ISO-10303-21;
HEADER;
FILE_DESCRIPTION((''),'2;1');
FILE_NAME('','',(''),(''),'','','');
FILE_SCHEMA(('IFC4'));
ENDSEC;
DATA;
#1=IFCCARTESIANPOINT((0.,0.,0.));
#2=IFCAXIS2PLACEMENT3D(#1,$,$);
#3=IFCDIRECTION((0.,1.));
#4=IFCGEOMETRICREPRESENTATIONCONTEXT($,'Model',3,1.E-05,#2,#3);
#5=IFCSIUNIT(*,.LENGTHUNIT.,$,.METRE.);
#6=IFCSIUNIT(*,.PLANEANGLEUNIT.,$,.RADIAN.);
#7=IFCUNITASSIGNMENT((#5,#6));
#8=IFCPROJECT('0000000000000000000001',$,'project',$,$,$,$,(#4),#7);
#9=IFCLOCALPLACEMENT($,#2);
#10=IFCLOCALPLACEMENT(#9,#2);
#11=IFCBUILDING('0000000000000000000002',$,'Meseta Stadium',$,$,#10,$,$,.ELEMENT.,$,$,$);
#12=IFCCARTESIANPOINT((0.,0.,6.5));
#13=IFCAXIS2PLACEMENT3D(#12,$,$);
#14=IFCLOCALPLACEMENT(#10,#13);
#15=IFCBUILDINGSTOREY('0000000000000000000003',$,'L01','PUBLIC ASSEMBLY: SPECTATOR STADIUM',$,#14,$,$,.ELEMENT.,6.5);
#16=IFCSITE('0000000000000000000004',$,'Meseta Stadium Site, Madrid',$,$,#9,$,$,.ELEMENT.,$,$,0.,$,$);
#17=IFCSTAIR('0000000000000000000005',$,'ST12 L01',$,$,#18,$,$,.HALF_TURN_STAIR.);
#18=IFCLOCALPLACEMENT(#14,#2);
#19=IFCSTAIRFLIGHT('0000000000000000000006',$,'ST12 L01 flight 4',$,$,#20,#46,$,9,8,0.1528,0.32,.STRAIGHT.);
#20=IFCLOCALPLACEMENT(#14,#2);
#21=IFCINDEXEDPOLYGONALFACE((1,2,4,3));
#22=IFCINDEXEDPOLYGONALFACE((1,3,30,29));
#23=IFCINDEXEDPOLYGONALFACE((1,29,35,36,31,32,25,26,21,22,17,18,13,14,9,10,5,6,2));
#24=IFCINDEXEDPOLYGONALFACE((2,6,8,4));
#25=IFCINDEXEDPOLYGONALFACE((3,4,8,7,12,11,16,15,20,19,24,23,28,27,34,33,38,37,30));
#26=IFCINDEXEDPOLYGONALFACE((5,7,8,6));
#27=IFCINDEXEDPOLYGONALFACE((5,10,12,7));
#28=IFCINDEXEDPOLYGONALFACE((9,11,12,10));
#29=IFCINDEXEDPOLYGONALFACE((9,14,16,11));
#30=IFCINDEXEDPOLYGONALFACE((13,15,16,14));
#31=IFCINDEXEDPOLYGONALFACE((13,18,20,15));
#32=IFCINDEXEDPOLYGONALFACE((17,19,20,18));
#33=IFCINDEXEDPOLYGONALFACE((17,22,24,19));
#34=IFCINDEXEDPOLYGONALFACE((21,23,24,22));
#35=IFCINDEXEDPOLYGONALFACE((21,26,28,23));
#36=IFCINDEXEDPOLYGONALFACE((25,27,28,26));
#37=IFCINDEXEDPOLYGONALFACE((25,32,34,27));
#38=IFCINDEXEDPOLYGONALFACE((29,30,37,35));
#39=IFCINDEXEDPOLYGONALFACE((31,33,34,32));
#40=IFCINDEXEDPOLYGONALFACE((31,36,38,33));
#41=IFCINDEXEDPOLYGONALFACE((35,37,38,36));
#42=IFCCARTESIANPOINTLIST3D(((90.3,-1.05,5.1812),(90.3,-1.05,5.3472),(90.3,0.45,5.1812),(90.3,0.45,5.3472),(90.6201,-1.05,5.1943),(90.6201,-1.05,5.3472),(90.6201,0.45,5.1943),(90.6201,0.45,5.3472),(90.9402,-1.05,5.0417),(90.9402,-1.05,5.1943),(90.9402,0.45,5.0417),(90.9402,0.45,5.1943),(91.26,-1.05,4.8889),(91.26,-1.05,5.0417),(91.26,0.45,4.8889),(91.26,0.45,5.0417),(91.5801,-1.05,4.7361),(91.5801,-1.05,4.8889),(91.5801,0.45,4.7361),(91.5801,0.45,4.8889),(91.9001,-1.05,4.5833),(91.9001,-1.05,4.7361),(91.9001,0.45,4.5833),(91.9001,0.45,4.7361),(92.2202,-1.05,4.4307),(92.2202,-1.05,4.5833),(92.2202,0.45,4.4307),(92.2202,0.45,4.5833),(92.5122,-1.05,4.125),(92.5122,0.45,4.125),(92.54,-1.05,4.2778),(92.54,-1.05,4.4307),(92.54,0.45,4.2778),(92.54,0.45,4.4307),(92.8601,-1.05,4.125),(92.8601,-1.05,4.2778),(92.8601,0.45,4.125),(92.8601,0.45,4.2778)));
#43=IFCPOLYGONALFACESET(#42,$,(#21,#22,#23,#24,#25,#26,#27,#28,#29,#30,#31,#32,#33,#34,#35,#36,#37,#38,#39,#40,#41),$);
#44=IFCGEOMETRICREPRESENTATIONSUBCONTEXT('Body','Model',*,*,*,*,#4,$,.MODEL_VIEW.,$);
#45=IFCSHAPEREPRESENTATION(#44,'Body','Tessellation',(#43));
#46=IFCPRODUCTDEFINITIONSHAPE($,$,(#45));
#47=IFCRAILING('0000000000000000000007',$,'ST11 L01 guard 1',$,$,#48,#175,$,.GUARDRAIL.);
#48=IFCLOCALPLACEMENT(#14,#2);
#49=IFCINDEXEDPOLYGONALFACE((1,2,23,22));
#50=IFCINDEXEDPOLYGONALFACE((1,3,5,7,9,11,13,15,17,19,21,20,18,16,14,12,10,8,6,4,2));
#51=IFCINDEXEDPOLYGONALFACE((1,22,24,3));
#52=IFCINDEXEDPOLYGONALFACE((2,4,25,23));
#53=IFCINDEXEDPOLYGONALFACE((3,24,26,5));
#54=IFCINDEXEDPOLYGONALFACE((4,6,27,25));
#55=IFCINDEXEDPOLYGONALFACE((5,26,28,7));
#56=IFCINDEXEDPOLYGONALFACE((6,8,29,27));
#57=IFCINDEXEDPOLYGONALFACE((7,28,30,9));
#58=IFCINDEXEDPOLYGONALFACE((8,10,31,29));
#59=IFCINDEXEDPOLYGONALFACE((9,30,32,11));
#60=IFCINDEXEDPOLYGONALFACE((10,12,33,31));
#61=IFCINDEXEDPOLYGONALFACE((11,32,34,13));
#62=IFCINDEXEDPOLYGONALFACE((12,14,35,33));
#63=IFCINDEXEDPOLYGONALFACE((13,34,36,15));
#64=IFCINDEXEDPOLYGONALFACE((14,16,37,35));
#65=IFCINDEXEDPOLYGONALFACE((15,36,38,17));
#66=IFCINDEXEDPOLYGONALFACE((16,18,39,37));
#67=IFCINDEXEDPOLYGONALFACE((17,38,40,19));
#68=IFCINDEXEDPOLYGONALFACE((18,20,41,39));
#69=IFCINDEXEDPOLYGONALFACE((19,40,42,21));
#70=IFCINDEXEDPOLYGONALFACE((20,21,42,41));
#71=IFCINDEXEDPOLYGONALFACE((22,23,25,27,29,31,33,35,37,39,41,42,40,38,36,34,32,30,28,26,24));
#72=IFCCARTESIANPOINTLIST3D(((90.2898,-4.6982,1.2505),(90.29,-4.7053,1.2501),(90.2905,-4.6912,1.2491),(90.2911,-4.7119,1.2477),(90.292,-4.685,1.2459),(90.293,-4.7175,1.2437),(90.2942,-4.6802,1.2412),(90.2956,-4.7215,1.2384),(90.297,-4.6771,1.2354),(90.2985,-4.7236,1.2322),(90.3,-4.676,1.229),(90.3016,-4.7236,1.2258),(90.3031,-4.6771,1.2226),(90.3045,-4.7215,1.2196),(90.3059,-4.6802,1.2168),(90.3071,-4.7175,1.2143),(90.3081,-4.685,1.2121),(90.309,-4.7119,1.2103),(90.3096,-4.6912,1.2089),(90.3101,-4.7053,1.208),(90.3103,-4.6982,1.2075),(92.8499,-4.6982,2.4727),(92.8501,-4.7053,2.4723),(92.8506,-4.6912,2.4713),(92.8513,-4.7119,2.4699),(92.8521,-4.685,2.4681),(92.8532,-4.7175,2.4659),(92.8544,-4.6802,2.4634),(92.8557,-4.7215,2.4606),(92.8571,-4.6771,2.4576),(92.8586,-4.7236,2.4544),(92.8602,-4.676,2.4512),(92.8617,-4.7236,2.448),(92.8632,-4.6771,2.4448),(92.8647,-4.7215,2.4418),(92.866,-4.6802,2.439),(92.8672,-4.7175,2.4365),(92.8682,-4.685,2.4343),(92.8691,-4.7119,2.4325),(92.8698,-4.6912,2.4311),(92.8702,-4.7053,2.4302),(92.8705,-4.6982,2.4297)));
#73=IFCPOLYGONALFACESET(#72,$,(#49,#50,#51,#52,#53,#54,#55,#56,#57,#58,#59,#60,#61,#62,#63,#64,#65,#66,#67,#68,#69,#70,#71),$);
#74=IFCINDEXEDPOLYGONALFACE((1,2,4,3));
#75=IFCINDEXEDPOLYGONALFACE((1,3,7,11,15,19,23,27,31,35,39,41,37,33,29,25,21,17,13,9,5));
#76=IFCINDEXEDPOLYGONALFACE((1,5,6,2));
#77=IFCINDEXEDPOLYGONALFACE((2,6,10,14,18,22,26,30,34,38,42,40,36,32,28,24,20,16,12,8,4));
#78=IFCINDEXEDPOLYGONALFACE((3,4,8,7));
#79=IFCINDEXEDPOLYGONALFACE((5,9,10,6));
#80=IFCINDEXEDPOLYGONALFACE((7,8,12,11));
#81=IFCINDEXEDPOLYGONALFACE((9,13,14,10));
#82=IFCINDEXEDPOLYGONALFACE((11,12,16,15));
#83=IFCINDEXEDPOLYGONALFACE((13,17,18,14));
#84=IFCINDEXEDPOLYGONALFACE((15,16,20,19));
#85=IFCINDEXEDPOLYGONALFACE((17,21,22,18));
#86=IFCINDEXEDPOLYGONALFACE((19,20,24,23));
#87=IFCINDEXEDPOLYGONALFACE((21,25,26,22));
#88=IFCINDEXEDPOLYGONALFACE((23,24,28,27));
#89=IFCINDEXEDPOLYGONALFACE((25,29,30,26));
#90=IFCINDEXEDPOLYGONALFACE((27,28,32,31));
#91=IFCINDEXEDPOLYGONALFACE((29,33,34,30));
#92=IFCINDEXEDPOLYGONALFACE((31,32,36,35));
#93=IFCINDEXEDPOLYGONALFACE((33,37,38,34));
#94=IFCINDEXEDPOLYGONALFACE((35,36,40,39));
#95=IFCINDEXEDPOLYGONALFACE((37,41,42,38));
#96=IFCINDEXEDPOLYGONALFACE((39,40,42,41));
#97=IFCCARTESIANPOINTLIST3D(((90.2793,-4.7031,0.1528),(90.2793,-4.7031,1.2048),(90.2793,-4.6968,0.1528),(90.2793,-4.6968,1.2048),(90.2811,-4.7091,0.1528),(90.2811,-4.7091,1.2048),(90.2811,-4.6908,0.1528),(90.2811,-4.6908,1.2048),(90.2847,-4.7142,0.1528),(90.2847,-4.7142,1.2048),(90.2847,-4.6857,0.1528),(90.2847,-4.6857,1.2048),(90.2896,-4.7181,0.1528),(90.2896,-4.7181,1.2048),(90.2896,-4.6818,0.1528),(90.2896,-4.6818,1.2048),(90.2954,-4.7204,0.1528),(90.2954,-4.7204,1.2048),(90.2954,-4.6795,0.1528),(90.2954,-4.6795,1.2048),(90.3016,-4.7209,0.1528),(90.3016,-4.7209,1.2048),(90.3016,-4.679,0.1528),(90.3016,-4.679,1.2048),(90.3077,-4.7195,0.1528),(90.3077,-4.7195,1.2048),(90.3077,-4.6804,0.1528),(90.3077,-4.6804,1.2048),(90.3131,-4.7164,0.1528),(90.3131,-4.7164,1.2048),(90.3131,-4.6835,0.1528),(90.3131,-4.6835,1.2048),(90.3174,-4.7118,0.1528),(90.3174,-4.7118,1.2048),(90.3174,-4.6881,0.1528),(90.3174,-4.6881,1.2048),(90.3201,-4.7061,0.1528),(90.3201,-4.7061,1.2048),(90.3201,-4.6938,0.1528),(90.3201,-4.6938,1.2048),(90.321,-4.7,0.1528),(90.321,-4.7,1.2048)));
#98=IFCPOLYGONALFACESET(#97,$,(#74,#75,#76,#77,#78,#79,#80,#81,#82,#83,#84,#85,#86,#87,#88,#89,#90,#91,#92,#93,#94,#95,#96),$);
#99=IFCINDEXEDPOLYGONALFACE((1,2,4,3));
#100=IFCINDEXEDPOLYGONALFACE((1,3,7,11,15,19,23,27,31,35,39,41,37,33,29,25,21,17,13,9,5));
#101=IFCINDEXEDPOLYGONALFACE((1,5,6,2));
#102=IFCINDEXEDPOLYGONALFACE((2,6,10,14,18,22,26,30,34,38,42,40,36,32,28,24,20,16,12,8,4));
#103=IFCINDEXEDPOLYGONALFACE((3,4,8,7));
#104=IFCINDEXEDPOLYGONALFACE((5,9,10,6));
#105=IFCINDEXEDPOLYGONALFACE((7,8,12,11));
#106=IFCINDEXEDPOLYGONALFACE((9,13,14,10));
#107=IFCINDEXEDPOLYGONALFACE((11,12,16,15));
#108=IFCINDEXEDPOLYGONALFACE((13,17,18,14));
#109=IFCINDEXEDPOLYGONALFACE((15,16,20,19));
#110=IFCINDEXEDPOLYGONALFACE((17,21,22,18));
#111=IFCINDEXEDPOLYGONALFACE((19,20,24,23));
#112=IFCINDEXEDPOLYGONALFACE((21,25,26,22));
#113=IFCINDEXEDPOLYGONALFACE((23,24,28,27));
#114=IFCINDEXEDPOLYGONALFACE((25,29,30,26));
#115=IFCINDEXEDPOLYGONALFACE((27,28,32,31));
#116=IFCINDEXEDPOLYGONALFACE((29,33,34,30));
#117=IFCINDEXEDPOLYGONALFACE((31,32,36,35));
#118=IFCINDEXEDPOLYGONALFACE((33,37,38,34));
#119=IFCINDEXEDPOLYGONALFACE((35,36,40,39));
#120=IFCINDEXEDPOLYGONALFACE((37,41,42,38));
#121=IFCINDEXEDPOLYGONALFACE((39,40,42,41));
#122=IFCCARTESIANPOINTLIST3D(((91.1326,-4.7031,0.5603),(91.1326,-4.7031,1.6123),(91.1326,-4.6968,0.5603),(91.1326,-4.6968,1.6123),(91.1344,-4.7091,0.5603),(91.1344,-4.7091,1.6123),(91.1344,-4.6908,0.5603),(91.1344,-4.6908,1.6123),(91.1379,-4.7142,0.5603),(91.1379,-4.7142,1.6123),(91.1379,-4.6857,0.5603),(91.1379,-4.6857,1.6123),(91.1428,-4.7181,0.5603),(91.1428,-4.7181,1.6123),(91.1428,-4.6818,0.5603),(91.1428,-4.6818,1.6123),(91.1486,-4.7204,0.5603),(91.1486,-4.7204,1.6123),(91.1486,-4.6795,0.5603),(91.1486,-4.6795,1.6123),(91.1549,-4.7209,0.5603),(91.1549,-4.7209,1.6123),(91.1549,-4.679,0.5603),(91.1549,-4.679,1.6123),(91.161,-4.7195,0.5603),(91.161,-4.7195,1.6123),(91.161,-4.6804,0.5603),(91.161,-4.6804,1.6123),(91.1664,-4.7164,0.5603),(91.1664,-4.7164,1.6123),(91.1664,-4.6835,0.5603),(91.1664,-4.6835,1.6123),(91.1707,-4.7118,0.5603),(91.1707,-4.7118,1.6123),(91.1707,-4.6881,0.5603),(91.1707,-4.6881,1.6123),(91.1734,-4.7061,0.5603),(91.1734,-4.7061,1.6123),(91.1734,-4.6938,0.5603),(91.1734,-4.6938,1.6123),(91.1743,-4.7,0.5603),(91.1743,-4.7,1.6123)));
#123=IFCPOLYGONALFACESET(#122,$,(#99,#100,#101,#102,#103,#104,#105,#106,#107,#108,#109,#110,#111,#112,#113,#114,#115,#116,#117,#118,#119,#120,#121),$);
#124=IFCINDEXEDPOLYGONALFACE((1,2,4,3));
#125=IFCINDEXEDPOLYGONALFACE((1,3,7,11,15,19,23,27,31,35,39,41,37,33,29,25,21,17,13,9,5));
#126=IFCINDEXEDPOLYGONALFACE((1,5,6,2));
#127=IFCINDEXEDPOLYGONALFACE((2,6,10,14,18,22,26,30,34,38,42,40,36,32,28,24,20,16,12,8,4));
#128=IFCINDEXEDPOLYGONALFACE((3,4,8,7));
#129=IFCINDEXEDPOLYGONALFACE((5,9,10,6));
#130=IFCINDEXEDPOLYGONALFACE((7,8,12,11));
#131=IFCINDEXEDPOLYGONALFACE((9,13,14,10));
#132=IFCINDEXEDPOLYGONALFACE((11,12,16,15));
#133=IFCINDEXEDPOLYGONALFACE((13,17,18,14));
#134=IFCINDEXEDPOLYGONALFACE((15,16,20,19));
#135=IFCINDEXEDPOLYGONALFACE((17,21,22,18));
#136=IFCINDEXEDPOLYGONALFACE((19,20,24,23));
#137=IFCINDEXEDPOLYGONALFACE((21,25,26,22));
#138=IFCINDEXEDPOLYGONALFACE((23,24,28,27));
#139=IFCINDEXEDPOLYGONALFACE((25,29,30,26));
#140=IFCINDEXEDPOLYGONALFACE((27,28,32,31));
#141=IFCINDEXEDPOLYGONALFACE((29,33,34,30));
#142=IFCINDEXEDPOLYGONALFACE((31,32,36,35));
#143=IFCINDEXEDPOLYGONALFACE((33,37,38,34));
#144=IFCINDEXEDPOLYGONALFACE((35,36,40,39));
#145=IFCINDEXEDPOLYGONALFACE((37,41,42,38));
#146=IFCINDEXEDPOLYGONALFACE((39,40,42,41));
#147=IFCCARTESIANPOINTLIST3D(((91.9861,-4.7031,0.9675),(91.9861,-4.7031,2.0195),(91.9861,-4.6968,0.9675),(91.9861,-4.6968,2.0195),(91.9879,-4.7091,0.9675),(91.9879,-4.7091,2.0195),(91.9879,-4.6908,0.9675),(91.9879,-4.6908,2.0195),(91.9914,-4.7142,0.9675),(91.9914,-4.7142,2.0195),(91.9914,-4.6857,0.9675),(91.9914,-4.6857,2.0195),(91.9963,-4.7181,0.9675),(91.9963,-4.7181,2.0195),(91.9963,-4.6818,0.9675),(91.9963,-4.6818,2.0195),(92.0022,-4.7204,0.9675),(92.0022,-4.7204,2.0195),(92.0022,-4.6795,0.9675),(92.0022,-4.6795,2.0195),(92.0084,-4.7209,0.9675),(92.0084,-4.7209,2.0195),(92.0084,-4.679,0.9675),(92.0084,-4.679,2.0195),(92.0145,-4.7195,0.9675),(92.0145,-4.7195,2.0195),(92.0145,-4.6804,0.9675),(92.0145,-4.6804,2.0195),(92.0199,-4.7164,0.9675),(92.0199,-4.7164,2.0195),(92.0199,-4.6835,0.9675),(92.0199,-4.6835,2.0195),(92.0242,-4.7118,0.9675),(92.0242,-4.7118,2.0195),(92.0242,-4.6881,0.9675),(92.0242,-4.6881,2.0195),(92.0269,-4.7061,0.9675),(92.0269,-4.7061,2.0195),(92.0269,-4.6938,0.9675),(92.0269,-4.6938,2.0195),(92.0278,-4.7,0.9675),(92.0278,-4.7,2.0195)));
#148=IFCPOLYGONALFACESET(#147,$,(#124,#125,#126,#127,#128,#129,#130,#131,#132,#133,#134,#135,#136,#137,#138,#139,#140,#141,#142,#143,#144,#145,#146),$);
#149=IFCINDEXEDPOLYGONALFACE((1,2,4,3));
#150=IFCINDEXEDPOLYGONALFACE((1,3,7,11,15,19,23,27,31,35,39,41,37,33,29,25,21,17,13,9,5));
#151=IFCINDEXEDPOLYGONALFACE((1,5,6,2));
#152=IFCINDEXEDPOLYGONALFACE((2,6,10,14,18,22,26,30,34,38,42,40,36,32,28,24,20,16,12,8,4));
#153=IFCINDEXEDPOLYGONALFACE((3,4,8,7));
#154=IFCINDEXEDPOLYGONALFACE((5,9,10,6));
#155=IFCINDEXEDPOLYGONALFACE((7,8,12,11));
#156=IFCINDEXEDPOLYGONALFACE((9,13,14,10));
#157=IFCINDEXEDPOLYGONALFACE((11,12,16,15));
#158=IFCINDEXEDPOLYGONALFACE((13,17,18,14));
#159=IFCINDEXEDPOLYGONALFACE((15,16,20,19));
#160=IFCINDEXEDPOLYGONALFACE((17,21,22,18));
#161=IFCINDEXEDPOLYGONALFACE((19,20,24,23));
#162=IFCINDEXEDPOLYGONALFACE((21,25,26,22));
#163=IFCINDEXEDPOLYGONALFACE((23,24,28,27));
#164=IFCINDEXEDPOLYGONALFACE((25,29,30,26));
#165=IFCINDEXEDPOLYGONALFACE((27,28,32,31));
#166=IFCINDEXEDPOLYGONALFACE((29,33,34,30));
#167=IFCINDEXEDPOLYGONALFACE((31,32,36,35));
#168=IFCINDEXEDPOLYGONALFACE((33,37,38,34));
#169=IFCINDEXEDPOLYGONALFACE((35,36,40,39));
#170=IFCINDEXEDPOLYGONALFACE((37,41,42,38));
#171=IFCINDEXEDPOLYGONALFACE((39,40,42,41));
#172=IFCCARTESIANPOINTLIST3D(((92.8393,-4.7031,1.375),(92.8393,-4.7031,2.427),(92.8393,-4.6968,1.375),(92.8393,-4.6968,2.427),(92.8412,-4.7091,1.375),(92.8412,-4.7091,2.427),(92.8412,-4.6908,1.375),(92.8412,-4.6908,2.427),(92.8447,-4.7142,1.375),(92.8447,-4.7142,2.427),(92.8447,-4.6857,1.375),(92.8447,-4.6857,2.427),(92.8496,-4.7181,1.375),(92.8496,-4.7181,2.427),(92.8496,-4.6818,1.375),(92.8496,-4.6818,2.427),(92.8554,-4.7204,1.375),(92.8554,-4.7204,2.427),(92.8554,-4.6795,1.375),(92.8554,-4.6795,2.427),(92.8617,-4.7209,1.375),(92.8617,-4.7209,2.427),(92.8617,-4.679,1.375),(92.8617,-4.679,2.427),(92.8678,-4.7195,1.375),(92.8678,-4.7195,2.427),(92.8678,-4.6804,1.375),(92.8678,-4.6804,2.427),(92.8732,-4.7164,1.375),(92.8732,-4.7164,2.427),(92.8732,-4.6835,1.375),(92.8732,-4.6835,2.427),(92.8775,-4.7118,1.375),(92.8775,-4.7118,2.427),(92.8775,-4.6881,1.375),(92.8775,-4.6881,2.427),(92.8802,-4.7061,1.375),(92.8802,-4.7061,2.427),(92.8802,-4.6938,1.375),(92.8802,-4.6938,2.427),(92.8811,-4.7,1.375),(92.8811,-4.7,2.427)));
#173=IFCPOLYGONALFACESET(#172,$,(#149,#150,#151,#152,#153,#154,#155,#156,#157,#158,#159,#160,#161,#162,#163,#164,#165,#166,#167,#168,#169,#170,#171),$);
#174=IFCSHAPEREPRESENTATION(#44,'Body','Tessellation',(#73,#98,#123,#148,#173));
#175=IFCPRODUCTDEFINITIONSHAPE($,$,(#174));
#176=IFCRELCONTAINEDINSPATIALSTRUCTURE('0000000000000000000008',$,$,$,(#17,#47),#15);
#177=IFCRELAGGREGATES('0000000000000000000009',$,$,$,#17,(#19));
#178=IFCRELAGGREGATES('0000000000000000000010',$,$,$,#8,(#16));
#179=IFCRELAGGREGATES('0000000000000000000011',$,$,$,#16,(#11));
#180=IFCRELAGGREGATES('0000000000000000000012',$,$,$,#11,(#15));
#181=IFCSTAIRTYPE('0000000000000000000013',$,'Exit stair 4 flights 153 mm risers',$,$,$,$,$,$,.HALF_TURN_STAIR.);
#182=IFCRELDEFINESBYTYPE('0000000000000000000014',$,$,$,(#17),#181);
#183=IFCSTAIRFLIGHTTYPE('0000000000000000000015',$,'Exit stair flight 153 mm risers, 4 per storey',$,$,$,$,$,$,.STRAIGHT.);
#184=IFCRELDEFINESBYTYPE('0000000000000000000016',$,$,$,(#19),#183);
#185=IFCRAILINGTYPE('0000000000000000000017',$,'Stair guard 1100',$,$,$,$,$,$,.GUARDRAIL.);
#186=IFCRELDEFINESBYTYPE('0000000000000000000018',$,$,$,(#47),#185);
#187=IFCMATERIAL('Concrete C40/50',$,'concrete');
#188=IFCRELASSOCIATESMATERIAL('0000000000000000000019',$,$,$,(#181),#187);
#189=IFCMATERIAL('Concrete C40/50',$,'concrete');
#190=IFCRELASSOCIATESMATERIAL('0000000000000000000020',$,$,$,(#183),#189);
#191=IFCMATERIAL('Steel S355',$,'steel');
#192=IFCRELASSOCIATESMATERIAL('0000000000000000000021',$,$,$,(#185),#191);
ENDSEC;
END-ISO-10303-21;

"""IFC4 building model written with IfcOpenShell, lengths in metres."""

from ifc_helpers import new_model, si_unit, direction, frame, origin, origin_2d, place, context, subcontext, project, spatial, polyline, circle, outline, extrude, material, type_object, element, aggregate, save


model = new_model("IFC4")

# Units and contexts
model_context = context("Model", 3, precision=1e-05, world=origin(), true_north=direction((0.0, 1.0)))
body_context = subcontext(model_context, "Body", "Model", "MODEL_VIEW")
ifc_project = project(units=[si_unit("LENGTHUNIT", "METRE"), si_unit("PLANEANGLEUNIT", "RADIAN")], contexts=[model_context])

# Site, building, storey
site_placement = place(None, origin())
site = spatial("IfcSite", under=ifc_project, at=site_placement, Name="Meseta Stadium Site, Madrid", CompositionType="ELEMENT", RefElevation=0.0)
building_placement = place(site_placement, origin())
building = spatial("IfcBuilding", under=site, at=building_placement, Name="Meseta Stadium", CompositionType="ELEMENT")
storey_placement = place(building_placement, frame((0.0, 0.0, 6.5)))
storey = spatial("IfcBuildingStorey", under=building, at=storey_placement, Name="L01", Description="PUBLIC ASSEMBLY: SPECTATOR STADIUM", CompositionType="ELEMENT", Elevation=6.5)

# Stair, stair flight
ifc_material_1 = material(Name="Concrete C40/50", Category="concrete")
stair_type = type_object("IfcStairType", Name="Exit stair 4 flights 153 mm risers", PredefinedType="HALF_TURN_STAIR", material=ifc_material_1)
ifc_material_2 = material(Name="Concrete C40/50", Category="concrete")
stair_flight_type = type_object("IfcStairFlightType", Name="Exit stair flight 153 mm risers, 4 per storey", PredefinedType="STRAIGHT", material=ifc_material_2)
stair_1_placement = place(storey_placement, origin())
stair_1 = element("IfcStair", 1, at=stair_1_placement, inside=storey, type_object=stair_type, Name="ST12 L01", PredefinedType="HALF_TURN_STAIR")
stair_flight_1_placement = place(storey_placement, frame((92.8601, -0.3, 4.125), z_axis=(0.0, 0.0, 1.0), x_axis=(-1.0, 0.0, 0.0)))
stair_flight_1 = element("IfcStairFlight", 2, at=stair_flight_1_placement, type_object=stair_flight_type, Name="ST12 L01 flight 4", NumberOfRisers=9, NumberOfTreads=8, PredefinedType="STRAIGHT", RiserHeight=0.1528, TreadLength=0.32, context=body_context, shape_type="SweptSolid", body=[
    extrude(outline(polyline([(0.0, 0.0), (0.0, 0.1528), (0.3201, 0.1528), (0.3201, 0.3057), (0.6399, 0.3057), (0.6399, 0.4583), (0.96, 0.4583), (0.96, 0.6111), (1.28, 0.6111), (1.28, 0.7639), (1.6001, 0.7639), (1.6001, 0.9167), (1.9199, 0.9167), (1.9199, 1.0693), (2.24, 1.0693), (2.24, 1.2222), (2.5601, 1.2222), (2.5601, 1.0562), (0.3479, 0.0), (0.0, 0.0)])), frame((0.0, 0.75, 0.0), z_axis=(0.0, -1.0, 0.0), x_axis=(1.0, 0.0, 0.0)), (0.0, 0.0, 1.0), 1.5),
])
aggregate(stair_1, [stair_flight_1])

# Railing
ifc_material_3 = material(Name="Steel S355", Category="steel")
railing_type_1 = type_object("IfcRailingType", Name="Stair guard 1100", PredefinedType="GUARDRAIL", material=ifc_material_3)
railing_1_placement = place(storey_placement, frame((90.3, -4.7, 0.1528)))
element("IfcRailing", 3, at=railing_1_placement, inside=storey, type_object=railing_type_1, Name="ST11 L01 guard 1", PredefinedType="GUARDRAIL", context=body_context, shape_type="SweptSolid", body=[
    extrude(circle(Radius=0.0239, at=origin_2d()), frame((0.0, 0.0, 1.0762), z_axis=(0.902437, 0.0, 0.430822), x_axis=(0.0, 1.0, 0.0)), (0.0, 0.0, 1.0), 2.8369),
    extrude(circle(Radius=0.021, at=origin_2d()), origin(), (0.0, 0.0, 1.0), 1.052),
    extrude(circle(Radius=0.021, at=origin_2d()), frame((0.8533, 0.0, 0.4075)), (0.0, 0.0, 1.0), 1.052),
    extrude(circle(Radius=0.021, at=origin_2d()), frame((1.7068, 0.0, 0.8147)), (0.0, 0.0, 1.0), 1.052),
    extrude(circle(Radius=0.021, at=origin_2d()), frame((2.5601, 0.0, 1.2222)), (0.0, 0.0, 1.0), 1.052),
])

save(model, "model.ifc")
